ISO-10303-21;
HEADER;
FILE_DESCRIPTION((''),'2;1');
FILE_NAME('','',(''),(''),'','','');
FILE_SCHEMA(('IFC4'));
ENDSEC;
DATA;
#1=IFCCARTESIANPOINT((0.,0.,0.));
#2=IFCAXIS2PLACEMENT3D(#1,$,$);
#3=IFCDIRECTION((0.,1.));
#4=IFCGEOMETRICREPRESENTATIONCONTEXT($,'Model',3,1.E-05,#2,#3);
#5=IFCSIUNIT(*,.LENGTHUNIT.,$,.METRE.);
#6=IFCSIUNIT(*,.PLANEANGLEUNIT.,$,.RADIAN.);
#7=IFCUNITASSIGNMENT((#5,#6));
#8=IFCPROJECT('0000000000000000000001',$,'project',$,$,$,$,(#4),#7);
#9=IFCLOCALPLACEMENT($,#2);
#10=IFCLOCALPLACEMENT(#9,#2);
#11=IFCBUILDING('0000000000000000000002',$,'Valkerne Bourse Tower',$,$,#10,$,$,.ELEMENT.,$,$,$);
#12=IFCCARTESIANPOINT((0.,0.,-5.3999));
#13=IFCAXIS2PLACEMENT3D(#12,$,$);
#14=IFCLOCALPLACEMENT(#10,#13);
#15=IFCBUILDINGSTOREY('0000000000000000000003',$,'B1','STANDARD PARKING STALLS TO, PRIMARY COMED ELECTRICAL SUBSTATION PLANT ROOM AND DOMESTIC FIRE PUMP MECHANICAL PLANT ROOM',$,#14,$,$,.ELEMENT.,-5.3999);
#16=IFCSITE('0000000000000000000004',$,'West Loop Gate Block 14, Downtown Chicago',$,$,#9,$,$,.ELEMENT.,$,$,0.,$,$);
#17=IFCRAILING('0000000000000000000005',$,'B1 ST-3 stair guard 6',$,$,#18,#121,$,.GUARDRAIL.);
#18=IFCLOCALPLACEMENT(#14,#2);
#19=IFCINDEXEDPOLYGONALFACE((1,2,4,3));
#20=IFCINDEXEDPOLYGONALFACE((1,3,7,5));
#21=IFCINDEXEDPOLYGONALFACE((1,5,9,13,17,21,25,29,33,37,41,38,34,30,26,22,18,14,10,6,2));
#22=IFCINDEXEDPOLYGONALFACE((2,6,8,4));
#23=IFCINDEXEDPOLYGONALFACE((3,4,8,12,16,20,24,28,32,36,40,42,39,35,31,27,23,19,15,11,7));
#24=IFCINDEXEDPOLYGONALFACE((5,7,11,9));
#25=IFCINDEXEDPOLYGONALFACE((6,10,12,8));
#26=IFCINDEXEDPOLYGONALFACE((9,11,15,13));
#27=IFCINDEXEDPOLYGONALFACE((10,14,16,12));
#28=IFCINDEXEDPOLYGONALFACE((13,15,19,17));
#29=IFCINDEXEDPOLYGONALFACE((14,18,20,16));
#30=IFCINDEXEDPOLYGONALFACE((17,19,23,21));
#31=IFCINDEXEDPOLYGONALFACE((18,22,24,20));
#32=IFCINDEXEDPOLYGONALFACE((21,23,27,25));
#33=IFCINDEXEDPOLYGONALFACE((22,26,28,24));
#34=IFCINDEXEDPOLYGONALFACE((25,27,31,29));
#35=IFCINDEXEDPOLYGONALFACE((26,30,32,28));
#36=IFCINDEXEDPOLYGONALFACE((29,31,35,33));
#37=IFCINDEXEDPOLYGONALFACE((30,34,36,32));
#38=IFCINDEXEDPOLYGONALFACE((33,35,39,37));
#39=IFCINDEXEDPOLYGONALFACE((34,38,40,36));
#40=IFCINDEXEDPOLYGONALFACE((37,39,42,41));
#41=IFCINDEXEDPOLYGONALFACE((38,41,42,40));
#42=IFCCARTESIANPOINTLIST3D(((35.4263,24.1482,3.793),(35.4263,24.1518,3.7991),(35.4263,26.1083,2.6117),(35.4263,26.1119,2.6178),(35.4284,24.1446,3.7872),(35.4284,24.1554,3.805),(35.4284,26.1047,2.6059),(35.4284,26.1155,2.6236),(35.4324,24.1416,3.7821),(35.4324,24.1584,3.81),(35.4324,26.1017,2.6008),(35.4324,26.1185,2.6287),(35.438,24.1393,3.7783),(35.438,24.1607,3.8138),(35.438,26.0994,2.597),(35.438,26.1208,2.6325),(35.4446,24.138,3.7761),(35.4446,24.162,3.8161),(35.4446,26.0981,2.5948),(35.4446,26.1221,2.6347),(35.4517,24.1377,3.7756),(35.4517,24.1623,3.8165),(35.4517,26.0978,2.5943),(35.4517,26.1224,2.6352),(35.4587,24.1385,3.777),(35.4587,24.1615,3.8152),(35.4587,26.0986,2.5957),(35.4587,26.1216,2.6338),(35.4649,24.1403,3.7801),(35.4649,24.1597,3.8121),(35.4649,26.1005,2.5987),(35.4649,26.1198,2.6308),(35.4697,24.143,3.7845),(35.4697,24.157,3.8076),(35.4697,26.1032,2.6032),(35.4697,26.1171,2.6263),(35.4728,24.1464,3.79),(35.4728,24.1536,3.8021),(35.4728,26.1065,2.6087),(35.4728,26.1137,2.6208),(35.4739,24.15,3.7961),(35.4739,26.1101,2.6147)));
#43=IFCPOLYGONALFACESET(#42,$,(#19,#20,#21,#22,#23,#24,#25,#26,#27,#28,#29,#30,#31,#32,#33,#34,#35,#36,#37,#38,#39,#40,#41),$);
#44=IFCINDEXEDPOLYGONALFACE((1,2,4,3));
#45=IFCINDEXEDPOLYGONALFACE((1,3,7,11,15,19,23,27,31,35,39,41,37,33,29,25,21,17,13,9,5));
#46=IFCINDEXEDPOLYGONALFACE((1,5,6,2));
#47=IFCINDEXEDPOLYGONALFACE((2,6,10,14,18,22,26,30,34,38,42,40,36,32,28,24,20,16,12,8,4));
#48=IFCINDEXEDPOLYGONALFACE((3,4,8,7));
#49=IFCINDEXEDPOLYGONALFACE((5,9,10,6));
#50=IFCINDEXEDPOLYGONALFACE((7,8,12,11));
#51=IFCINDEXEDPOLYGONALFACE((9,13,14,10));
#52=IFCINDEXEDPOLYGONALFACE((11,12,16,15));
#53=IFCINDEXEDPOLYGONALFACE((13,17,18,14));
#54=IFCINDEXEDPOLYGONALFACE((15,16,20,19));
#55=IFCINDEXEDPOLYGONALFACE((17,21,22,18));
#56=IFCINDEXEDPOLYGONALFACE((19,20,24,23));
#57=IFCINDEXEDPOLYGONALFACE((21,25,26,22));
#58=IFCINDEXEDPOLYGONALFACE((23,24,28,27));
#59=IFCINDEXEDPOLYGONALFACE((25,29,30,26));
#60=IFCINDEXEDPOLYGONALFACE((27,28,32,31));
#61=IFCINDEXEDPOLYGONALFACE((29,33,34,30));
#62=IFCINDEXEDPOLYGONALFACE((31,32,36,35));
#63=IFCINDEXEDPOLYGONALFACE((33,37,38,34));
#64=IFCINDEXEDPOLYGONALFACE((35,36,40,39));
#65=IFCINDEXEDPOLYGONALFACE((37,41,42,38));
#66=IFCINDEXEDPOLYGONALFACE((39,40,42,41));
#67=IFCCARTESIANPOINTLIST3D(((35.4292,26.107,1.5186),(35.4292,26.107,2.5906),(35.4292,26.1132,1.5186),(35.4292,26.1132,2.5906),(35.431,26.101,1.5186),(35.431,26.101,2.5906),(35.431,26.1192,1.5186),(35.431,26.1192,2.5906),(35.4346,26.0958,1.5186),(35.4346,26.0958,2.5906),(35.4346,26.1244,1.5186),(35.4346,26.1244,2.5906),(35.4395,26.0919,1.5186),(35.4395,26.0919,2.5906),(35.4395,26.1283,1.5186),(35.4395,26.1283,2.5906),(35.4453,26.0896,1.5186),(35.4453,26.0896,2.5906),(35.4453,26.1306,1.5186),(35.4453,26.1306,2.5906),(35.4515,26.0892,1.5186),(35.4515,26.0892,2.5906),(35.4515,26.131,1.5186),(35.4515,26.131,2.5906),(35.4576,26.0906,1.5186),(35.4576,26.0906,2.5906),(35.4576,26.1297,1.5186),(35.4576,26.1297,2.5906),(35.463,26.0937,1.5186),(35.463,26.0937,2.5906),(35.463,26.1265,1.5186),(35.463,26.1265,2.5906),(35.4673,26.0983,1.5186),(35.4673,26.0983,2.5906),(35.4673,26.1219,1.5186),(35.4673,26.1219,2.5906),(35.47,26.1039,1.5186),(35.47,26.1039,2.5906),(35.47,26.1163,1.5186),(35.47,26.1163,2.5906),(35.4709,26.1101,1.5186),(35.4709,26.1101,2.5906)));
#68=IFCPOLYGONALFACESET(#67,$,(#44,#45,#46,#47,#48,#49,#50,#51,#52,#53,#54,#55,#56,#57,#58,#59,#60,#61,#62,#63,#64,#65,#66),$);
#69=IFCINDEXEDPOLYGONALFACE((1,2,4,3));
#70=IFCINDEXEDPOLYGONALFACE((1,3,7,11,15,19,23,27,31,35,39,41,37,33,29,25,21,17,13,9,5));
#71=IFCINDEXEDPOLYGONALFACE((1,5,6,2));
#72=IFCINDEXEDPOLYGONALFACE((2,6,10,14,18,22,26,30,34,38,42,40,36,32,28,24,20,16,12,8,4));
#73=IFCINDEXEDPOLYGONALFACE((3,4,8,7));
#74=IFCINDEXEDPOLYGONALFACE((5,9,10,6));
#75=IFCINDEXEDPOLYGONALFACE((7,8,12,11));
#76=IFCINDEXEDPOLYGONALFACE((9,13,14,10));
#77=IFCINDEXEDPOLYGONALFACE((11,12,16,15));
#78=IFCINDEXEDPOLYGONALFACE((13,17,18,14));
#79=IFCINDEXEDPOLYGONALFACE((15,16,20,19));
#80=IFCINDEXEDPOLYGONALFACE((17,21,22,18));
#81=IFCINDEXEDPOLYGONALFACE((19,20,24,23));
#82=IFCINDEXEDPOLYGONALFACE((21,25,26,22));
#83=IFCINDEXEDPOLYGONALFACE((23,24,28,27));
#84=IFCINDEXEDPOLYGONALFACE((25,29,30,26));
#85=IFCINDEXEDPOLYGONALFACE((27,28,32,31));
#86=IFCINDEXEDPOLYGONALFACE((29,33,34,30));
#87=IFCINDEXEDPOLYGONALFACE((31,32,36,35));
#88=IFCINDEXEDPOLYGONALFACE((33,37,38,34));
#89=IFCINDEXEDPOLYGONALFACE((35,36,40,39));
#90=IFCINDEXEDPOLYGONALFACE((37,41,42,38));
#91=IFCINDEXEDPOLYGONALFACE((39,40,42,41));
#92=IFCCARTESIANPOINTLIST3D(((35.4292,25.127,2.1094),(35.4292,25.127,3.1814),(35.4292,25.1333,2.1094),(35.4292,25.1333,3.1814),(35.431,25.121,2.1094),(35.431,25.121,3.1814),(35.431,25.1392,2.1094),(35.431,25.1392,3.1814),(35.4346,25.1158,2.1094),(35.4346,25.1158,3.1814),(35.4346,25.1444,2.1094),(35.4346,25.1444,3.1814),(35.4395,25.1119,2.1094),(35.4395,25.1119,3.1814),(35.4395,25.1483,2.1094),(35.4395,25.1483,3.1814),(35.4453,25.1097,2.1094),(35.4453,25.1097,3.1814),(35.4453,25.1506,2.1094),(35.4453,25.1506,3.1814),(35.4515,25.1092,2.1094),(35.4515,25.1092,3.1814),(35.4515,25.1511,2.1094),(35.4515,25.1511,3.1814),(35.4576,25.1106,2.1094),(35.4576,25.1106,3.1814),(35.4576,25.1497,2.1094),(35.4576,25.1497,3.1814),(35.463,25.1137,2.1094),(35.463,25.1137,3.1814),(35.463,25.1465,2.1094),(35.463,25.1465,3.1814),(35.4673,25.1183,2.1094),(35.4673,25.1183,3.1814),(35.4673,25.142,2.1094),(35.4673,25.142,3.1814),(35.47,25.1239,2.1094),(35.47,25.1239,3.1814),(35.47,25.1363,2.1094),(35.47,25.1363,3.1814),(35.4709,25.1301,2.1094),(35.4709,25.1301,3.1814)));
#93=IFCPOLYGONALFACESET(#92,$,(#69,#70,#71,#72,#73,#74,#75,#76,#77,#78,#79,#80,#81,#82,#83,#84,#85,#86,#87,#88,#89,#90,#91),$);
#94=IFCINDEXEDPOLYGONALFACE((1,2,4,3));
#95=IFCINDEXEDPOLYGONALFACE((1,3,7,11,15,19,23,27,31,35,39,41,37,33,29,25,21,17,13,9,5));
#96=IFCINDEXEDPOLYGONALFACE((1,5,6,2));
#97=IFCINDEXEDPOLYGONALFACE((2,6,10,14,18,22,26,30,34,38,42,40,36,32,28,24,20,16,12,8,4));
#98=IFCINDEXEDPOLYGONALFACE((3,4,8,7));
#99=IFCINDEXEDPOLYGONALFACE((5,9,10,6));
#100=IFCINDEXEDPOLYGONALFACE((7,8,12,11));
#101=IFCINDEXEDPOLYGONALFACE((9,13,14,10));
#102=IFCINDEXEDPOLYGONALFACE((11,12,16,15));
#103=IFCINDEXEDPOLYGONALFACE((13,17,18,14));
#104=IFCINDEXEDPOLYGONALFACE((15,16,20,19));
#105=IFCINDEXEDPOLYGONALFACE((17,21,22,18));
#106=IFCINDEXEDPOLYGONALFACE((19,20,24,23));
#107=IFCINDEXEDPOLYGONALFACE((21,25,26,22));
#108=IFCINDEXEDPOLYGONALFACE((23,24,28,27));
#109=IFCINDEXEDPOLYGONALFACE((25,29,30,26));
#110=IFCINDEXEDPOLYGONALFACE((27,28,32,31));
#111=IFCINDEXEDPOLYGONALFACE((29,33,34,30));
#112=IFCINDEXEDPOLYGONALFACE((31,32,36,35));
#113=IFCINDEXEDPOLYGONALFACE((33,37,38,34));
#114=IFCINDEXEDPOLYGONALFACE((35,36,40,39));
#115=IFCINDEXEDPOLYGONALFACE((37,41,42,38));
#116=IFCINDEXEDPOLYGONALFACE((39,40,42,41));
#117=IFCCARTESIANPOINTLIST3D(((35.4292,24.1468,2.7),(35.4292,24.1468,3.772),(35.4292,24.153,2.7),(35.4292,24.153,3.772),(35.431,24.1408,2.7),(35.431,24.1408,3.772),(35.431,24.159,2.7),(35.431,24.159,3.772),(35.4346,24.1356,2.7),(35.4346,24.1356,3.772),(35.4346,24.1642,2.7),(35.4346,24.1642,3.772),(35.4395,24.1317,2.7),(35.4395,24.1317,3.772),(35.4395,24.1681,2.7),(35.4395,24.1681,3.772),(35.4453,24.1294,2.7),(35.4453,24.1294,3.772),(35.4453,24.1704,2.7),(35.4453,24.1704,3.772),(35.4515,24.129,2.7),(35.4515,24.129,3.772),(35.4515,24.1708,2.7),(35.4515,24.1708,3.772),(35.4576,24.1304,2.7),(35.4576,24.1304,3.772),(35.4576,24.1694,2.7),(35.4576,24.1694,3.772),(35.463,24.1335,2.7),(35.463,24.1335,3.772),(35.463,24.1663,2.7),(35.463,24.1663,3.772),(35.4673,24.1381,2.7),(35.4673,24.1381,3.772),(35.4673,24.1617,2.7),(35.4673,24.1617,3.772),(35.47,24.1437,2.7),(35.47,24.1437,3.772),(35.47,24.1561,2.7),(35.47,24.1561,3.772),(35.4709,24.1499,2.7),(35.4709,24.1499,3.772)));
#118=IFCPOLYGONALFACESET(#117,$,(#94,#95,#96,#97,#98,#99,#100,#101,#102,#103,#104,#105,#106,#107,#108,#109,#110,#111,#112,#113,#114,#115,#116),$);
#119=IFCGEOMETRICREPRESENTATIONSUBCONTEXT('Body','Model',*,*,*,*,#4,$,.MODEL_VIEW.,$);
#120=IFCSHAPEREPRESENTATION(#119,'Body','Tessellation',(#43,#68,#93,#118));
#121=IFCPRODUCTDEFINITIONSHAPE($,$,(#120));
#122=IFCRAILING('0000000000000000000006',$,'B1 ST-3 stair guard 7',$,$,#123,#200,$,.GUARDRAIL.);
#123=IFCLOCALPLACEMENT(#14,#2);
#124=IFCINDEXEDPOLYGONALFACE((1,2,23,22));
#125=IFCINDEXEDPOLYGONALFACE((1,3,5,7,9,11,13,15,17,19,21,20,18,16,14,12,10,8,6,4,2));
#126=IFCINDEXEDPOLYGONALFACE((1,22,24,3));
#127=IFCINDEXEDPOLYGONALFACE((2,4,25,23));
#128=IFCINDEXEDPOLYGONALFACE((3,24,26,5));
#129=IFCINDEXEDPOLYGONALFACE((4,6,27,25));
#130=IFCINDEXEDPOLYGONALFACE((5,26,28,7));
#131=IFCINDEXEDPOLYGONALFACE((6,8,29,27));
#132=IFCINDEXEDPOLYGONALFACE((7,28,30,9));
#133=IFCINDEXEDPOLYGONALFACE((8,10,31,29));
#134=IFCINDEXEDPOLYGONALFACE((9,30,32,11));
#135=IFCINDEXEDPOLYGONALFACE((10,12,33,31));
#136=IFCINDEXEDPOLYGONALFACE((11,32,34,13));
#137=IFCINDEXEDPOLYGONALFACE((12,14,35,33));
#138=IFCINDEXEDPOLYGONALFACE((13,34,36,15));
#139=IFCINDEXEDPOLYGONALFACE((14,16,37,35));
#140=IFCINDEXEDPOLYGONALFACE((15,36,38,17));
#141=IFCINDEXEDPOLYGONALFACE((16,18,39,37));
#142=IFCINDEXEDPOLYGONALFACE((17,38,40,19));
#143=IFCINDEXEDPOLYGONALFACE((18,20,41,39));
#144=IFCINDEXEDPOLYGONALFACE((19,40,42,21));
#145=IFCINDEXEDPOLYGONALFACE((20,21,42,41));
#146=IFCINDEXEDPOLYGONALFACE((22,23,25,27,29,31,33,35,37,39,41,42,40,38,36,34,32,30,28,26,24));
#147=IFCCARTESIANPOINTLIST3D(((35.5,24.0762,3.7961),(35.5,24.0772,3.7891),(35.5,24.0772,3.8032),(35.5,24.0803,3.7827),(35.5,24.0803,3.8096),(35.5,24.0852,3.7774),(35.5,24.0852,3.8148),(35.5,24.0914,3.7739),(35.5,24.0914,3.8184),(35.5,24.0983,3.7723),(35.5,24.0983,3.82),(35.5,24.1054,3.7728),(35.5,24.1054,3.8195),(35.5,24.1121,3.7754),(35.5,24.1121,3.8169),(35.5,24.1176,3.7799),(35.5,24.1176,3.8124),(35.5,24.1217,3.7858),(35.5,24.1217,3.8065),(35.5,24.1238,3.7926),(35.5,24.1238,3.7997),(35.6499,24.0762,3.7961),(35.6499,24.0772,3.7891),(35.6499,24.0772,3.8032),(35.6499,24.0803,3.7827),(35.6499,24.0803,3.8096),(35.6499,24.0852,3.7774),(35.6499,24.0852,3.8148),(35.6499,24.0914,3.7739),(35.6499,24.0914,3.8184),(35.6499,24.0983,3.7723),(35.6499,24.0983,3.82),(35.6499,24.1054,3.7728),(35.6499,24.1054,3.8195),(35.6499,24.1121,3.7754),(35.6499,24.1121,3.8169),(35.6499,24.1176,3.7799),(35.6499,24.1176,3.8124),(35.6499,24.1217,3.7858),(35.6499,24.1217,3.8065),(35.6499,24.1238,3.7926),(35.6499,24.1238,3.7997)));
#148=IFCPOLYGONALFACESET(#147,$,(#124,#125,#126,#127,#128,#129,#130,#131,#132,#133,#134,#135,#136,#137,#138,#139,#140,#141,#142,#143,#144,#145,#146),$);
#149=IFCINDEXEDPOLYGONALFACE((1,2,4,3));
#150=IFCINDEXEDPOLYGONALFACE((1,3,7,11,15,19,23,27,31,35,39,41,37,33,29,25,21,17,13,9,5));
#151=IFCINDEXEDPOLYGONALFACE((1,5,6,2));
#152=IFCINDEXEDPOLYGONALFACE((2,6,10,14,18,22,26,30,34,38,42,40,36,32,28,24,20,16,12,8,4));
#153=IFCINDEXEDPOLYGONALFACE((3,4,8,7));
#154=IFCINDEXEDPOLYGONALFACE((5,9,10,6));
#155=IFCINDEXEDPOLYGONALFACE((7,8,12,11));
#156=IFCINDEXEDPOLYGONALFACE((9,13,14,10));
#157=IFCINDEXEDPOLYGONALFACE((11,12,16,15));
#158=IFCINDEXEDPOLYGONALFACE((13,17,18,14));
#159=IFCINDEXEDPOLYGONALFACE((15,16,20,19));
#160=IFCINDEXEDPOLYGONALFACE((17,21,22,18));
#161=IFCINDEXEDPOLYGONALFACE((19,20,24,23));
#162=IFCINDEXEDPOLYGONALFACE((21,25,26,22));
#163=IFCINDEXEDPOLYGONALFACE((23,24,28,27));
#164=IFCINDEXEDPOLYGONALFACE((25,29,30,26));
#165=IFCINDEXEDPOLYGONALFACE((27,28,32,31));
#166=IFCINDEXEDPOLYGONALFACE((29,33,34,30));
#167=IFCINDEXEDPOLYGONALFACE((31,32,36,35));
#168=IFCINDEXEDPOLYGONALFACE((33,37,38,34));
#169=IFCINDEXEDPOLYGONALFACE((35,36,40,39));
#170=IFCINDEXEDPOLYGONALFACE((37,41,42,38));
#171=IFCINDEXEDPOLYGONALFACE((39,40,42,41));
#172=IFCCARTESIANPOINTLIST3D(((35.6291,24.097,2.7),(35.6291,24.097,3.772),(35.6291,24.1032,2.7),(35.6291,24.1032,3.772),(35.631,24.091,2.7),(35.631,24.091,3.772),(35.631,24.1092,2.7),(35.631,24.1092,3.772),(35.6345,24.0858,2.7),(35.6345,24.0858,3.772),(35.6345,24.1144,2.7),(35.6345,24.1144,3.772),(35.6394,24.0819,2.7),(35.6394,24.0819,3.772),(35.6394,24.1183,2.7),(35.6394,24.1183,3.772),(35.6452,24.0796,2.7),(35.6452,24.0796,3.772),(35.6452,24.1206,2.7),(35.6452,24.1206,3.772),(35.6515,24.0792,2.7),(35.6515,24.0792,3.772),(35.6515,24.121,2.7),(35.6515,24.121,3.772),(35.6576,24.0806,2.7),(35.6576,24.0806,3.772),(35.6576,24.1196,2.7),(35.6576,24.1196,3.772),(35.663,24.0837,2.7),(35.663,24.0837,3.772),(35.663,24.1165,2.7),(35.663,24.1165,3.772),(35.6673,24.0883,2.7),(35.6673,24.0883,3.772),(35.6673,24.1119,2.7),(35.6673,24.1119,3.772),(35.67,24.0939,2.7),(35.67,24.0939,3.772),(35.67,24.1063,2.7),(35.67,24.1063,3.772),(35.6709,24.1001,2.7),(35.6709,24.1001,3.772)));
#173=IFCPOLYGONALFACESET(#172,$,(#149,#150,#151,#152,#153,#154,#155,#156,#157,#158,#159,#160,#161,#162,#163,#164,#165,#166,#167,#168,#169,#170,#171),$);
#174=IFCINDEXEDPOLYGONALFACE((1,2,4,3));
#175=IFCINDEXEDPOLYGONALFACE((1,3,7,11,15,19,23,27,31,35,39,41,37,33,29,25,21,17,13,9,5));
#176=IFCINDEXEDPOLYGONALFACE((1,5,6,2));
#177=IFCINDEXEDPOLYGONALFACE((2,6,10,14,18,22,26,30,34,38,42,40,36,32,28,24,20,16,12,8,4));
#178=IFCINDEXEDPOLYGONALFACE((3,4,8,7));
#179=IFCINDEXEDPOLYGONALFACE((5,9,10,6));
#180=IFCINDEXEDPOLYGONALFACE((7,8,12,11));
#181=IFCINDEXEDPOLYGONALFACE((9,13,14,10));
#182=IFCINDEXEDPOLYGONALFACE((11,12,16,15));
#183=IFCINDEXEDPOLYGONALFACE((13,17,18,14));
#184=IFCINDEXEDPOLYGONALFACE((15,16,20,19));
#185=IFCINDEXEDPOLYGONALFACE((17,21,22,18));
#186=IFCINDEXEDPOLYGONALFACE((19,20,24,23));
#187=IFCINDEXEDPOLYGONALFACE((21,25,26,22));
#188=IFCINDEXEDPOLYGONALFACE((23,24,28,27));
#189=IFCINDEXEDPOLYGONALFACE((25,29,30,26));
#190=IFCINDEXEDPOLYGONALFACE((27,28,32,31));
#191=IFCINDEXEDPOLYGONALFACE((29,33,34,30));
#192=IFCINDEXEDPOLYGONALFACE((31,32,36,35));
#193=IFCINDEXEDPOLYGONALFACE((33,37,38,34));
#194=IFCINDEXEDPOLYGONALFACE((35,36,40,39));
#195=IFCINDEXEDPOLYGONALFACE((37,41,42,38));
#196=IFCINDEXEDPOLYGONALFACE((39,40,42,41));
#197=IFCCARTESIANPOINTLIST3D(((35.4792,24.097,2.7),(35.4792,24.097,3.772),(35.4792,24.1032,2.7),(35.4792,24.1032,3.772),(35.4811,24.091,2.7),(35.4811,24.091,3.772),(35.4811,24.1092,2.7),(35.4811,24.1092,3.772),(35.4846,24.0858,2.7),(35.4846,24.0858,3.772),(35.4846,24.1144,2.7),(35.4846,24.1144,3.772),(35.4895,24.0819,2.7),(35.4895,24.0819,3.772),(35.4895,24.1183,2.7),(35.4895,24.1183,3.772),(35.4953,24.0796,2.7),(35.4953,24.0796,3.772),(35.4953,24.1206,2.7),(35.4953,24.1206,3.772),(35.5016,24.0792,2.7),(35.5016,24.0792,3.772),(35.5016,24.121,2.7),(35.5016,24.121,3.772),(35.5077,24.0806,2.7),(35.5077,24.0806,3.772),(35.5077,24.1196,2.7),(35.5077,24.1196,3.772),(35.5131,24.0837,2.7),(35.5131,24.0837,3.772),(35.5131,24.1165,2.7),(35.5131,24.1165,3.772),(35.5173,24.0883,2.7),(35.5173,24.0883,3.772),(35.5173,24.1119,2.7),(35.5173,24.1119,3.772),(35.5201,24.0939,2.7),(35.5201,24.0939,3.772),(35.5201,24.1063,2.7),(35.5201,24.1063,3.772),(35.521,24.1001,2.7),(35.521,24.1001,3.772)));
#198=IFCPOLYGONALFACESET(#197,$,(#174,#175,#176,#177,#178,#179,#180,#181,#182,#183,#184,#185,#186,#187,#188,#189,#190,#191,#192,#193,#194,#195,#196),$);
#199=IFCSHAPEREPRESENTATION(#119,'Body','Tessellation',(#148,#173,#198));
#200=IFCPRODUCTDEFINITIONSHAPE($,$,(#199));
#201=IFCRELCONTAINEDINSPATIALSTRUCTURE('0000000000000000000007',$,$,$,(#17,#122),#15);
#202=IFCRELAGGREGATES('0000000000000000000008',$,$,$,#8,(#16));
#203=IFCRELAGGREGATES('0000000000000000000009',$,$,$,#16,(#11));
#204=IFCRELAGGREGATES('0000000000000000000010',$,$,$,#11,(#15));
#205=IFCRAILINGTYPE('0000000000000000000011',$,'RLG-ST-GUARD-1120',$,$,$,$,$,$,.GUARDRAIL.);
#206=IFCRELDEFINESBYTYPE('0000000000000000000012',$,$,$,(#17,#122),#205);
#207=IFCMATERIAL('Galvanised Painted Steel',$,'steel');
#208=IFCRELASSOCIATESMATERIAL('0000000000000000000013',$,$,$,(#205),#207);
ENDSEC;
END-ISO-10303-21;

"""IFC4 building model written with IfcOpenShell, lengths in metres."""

from ifc_helpers import new_model, si_unit, direction, frame, origin, origin_2d, place, context, subcontext, project, spatial, circle, extrude, material, type_object, element, save


model = new_model("IFC4")

# Units and contexts
model_context = context("Model", 3, precision=1e-05, world=origin(), true_north=direction((0.0, 1.0)))
body_context = subcontext(model_context, "Body", "Model", "MODEL_VIEW")
ifc_project = project(units=[si_unit("LENGTHUNIT", "METRE"), si_unit("PLANEANGLEUNIT", "RADIAN")], contexts=[model_context])

# Site, building, storey
site_placement = place(None, origin())
site = spatial("IfcSite", under=ifc_project, at=site_placement, Name="West Loop Gate Block 14, Downtown Chicago", CompositionType="ELEMENT", RefElevation=0.0)
building_placement = place(site_placement, origin())
building = spatial("IfcBuilding", under=site, at=building_placement, Name="Valkerne Bourse Tower", CompositionType="ELEMENT")
storey_placement = place(building_placement, frame((0.0, 0.0, -5.3999)))
storey = spatial("IfcBuildingStorey", under=building, at=storey_placement, Name="B1", Description="STANDARD PARKING STALLS TO, PRIMARY COMED ELECTRICAL SUBSTATION PLANT ROOM AND DOMESTIC FIRE PUMP MECHANICAL PLANT ROOM", CompositionType="ELEMENT", Elevation=-5.3999)

# Shared definitions
ifc_material_1 = material(Name="Galvanised Painted Steel", Category="steel")

# Railings
railing_type_1 = type_object("IfcRailingType", Name="RLG-ST-GUARD-1120", PredefinedType="GUARDRAIL", material=ifc_material_1)
railing_1_placement = place(storey_placement, frame((35.45, 26.1101, 1.5186)))
element("IfcRailing", 1, at=railing_1_placement, inside=storey, type_object=railing_type_1, Name="B1 ST-3 stair guard 6", PredefinedType="GUARDRAIL", context=body_context, shape_type="SweptSolid", body=[
    extrude(circle(Radius=0.0239, at=origin_2d()), frame((0.0, 0.0, 1.0962), z_axis=(0.0, -0.856475, 0.516189), x_axis=(1.0, 0.0, 0.0)), (0.0, 0.0, 1.0), 2.2886),
    extrude(circle(Radius=0.021, at=origin_2d()), origin(), (0.0, 0.0, 1.0), 1.072),
    extrude(circle(Radius=0.021, at=origin_2d()), frame((0.0, -0.98, 0.5908)), (0.0, 0.0, 1.0), 1.072),
    extrude(circle(Radius=0.021, at=origin_2d()), frame((0.0, -1.9602, 1.1814)), (0.0, 0.0, 1.0), 1.072),
])
railing_2_placement = place(storey_placement, frame((35.6499, 24.1001, 2.7)))
element("IfcRailing", 2, at=railing_2_placement, inside=storey, type_object=railing_type_1, Name="B1 ST-3 stair guard 7", PredefinedType="GUARDRAIL", context=body_context, shape_type="SweptSolid", body=[
    extrude(circle(Radius=0.0239, at=origin_2d()), frame((0.0, 0.0, 1.0962), z_axis=(-1.0, 0.0, 0.0), x_axis=(0.0, -1.0, 0.0)), (0.0, 0.0, 1.0), 0.1499),
    extrude(circle(Radius=0.021, at=origin_2d()), origin(), (0.0, 0.0, 1.0), 1.072),
    extrude(circle(Radius=0.021, at=origin_2d()), frame((-0.1499, 0.0, 0.0)), (0.0, 0.0, 1.0), 1.072),
])

save(model, "model.ifc")
